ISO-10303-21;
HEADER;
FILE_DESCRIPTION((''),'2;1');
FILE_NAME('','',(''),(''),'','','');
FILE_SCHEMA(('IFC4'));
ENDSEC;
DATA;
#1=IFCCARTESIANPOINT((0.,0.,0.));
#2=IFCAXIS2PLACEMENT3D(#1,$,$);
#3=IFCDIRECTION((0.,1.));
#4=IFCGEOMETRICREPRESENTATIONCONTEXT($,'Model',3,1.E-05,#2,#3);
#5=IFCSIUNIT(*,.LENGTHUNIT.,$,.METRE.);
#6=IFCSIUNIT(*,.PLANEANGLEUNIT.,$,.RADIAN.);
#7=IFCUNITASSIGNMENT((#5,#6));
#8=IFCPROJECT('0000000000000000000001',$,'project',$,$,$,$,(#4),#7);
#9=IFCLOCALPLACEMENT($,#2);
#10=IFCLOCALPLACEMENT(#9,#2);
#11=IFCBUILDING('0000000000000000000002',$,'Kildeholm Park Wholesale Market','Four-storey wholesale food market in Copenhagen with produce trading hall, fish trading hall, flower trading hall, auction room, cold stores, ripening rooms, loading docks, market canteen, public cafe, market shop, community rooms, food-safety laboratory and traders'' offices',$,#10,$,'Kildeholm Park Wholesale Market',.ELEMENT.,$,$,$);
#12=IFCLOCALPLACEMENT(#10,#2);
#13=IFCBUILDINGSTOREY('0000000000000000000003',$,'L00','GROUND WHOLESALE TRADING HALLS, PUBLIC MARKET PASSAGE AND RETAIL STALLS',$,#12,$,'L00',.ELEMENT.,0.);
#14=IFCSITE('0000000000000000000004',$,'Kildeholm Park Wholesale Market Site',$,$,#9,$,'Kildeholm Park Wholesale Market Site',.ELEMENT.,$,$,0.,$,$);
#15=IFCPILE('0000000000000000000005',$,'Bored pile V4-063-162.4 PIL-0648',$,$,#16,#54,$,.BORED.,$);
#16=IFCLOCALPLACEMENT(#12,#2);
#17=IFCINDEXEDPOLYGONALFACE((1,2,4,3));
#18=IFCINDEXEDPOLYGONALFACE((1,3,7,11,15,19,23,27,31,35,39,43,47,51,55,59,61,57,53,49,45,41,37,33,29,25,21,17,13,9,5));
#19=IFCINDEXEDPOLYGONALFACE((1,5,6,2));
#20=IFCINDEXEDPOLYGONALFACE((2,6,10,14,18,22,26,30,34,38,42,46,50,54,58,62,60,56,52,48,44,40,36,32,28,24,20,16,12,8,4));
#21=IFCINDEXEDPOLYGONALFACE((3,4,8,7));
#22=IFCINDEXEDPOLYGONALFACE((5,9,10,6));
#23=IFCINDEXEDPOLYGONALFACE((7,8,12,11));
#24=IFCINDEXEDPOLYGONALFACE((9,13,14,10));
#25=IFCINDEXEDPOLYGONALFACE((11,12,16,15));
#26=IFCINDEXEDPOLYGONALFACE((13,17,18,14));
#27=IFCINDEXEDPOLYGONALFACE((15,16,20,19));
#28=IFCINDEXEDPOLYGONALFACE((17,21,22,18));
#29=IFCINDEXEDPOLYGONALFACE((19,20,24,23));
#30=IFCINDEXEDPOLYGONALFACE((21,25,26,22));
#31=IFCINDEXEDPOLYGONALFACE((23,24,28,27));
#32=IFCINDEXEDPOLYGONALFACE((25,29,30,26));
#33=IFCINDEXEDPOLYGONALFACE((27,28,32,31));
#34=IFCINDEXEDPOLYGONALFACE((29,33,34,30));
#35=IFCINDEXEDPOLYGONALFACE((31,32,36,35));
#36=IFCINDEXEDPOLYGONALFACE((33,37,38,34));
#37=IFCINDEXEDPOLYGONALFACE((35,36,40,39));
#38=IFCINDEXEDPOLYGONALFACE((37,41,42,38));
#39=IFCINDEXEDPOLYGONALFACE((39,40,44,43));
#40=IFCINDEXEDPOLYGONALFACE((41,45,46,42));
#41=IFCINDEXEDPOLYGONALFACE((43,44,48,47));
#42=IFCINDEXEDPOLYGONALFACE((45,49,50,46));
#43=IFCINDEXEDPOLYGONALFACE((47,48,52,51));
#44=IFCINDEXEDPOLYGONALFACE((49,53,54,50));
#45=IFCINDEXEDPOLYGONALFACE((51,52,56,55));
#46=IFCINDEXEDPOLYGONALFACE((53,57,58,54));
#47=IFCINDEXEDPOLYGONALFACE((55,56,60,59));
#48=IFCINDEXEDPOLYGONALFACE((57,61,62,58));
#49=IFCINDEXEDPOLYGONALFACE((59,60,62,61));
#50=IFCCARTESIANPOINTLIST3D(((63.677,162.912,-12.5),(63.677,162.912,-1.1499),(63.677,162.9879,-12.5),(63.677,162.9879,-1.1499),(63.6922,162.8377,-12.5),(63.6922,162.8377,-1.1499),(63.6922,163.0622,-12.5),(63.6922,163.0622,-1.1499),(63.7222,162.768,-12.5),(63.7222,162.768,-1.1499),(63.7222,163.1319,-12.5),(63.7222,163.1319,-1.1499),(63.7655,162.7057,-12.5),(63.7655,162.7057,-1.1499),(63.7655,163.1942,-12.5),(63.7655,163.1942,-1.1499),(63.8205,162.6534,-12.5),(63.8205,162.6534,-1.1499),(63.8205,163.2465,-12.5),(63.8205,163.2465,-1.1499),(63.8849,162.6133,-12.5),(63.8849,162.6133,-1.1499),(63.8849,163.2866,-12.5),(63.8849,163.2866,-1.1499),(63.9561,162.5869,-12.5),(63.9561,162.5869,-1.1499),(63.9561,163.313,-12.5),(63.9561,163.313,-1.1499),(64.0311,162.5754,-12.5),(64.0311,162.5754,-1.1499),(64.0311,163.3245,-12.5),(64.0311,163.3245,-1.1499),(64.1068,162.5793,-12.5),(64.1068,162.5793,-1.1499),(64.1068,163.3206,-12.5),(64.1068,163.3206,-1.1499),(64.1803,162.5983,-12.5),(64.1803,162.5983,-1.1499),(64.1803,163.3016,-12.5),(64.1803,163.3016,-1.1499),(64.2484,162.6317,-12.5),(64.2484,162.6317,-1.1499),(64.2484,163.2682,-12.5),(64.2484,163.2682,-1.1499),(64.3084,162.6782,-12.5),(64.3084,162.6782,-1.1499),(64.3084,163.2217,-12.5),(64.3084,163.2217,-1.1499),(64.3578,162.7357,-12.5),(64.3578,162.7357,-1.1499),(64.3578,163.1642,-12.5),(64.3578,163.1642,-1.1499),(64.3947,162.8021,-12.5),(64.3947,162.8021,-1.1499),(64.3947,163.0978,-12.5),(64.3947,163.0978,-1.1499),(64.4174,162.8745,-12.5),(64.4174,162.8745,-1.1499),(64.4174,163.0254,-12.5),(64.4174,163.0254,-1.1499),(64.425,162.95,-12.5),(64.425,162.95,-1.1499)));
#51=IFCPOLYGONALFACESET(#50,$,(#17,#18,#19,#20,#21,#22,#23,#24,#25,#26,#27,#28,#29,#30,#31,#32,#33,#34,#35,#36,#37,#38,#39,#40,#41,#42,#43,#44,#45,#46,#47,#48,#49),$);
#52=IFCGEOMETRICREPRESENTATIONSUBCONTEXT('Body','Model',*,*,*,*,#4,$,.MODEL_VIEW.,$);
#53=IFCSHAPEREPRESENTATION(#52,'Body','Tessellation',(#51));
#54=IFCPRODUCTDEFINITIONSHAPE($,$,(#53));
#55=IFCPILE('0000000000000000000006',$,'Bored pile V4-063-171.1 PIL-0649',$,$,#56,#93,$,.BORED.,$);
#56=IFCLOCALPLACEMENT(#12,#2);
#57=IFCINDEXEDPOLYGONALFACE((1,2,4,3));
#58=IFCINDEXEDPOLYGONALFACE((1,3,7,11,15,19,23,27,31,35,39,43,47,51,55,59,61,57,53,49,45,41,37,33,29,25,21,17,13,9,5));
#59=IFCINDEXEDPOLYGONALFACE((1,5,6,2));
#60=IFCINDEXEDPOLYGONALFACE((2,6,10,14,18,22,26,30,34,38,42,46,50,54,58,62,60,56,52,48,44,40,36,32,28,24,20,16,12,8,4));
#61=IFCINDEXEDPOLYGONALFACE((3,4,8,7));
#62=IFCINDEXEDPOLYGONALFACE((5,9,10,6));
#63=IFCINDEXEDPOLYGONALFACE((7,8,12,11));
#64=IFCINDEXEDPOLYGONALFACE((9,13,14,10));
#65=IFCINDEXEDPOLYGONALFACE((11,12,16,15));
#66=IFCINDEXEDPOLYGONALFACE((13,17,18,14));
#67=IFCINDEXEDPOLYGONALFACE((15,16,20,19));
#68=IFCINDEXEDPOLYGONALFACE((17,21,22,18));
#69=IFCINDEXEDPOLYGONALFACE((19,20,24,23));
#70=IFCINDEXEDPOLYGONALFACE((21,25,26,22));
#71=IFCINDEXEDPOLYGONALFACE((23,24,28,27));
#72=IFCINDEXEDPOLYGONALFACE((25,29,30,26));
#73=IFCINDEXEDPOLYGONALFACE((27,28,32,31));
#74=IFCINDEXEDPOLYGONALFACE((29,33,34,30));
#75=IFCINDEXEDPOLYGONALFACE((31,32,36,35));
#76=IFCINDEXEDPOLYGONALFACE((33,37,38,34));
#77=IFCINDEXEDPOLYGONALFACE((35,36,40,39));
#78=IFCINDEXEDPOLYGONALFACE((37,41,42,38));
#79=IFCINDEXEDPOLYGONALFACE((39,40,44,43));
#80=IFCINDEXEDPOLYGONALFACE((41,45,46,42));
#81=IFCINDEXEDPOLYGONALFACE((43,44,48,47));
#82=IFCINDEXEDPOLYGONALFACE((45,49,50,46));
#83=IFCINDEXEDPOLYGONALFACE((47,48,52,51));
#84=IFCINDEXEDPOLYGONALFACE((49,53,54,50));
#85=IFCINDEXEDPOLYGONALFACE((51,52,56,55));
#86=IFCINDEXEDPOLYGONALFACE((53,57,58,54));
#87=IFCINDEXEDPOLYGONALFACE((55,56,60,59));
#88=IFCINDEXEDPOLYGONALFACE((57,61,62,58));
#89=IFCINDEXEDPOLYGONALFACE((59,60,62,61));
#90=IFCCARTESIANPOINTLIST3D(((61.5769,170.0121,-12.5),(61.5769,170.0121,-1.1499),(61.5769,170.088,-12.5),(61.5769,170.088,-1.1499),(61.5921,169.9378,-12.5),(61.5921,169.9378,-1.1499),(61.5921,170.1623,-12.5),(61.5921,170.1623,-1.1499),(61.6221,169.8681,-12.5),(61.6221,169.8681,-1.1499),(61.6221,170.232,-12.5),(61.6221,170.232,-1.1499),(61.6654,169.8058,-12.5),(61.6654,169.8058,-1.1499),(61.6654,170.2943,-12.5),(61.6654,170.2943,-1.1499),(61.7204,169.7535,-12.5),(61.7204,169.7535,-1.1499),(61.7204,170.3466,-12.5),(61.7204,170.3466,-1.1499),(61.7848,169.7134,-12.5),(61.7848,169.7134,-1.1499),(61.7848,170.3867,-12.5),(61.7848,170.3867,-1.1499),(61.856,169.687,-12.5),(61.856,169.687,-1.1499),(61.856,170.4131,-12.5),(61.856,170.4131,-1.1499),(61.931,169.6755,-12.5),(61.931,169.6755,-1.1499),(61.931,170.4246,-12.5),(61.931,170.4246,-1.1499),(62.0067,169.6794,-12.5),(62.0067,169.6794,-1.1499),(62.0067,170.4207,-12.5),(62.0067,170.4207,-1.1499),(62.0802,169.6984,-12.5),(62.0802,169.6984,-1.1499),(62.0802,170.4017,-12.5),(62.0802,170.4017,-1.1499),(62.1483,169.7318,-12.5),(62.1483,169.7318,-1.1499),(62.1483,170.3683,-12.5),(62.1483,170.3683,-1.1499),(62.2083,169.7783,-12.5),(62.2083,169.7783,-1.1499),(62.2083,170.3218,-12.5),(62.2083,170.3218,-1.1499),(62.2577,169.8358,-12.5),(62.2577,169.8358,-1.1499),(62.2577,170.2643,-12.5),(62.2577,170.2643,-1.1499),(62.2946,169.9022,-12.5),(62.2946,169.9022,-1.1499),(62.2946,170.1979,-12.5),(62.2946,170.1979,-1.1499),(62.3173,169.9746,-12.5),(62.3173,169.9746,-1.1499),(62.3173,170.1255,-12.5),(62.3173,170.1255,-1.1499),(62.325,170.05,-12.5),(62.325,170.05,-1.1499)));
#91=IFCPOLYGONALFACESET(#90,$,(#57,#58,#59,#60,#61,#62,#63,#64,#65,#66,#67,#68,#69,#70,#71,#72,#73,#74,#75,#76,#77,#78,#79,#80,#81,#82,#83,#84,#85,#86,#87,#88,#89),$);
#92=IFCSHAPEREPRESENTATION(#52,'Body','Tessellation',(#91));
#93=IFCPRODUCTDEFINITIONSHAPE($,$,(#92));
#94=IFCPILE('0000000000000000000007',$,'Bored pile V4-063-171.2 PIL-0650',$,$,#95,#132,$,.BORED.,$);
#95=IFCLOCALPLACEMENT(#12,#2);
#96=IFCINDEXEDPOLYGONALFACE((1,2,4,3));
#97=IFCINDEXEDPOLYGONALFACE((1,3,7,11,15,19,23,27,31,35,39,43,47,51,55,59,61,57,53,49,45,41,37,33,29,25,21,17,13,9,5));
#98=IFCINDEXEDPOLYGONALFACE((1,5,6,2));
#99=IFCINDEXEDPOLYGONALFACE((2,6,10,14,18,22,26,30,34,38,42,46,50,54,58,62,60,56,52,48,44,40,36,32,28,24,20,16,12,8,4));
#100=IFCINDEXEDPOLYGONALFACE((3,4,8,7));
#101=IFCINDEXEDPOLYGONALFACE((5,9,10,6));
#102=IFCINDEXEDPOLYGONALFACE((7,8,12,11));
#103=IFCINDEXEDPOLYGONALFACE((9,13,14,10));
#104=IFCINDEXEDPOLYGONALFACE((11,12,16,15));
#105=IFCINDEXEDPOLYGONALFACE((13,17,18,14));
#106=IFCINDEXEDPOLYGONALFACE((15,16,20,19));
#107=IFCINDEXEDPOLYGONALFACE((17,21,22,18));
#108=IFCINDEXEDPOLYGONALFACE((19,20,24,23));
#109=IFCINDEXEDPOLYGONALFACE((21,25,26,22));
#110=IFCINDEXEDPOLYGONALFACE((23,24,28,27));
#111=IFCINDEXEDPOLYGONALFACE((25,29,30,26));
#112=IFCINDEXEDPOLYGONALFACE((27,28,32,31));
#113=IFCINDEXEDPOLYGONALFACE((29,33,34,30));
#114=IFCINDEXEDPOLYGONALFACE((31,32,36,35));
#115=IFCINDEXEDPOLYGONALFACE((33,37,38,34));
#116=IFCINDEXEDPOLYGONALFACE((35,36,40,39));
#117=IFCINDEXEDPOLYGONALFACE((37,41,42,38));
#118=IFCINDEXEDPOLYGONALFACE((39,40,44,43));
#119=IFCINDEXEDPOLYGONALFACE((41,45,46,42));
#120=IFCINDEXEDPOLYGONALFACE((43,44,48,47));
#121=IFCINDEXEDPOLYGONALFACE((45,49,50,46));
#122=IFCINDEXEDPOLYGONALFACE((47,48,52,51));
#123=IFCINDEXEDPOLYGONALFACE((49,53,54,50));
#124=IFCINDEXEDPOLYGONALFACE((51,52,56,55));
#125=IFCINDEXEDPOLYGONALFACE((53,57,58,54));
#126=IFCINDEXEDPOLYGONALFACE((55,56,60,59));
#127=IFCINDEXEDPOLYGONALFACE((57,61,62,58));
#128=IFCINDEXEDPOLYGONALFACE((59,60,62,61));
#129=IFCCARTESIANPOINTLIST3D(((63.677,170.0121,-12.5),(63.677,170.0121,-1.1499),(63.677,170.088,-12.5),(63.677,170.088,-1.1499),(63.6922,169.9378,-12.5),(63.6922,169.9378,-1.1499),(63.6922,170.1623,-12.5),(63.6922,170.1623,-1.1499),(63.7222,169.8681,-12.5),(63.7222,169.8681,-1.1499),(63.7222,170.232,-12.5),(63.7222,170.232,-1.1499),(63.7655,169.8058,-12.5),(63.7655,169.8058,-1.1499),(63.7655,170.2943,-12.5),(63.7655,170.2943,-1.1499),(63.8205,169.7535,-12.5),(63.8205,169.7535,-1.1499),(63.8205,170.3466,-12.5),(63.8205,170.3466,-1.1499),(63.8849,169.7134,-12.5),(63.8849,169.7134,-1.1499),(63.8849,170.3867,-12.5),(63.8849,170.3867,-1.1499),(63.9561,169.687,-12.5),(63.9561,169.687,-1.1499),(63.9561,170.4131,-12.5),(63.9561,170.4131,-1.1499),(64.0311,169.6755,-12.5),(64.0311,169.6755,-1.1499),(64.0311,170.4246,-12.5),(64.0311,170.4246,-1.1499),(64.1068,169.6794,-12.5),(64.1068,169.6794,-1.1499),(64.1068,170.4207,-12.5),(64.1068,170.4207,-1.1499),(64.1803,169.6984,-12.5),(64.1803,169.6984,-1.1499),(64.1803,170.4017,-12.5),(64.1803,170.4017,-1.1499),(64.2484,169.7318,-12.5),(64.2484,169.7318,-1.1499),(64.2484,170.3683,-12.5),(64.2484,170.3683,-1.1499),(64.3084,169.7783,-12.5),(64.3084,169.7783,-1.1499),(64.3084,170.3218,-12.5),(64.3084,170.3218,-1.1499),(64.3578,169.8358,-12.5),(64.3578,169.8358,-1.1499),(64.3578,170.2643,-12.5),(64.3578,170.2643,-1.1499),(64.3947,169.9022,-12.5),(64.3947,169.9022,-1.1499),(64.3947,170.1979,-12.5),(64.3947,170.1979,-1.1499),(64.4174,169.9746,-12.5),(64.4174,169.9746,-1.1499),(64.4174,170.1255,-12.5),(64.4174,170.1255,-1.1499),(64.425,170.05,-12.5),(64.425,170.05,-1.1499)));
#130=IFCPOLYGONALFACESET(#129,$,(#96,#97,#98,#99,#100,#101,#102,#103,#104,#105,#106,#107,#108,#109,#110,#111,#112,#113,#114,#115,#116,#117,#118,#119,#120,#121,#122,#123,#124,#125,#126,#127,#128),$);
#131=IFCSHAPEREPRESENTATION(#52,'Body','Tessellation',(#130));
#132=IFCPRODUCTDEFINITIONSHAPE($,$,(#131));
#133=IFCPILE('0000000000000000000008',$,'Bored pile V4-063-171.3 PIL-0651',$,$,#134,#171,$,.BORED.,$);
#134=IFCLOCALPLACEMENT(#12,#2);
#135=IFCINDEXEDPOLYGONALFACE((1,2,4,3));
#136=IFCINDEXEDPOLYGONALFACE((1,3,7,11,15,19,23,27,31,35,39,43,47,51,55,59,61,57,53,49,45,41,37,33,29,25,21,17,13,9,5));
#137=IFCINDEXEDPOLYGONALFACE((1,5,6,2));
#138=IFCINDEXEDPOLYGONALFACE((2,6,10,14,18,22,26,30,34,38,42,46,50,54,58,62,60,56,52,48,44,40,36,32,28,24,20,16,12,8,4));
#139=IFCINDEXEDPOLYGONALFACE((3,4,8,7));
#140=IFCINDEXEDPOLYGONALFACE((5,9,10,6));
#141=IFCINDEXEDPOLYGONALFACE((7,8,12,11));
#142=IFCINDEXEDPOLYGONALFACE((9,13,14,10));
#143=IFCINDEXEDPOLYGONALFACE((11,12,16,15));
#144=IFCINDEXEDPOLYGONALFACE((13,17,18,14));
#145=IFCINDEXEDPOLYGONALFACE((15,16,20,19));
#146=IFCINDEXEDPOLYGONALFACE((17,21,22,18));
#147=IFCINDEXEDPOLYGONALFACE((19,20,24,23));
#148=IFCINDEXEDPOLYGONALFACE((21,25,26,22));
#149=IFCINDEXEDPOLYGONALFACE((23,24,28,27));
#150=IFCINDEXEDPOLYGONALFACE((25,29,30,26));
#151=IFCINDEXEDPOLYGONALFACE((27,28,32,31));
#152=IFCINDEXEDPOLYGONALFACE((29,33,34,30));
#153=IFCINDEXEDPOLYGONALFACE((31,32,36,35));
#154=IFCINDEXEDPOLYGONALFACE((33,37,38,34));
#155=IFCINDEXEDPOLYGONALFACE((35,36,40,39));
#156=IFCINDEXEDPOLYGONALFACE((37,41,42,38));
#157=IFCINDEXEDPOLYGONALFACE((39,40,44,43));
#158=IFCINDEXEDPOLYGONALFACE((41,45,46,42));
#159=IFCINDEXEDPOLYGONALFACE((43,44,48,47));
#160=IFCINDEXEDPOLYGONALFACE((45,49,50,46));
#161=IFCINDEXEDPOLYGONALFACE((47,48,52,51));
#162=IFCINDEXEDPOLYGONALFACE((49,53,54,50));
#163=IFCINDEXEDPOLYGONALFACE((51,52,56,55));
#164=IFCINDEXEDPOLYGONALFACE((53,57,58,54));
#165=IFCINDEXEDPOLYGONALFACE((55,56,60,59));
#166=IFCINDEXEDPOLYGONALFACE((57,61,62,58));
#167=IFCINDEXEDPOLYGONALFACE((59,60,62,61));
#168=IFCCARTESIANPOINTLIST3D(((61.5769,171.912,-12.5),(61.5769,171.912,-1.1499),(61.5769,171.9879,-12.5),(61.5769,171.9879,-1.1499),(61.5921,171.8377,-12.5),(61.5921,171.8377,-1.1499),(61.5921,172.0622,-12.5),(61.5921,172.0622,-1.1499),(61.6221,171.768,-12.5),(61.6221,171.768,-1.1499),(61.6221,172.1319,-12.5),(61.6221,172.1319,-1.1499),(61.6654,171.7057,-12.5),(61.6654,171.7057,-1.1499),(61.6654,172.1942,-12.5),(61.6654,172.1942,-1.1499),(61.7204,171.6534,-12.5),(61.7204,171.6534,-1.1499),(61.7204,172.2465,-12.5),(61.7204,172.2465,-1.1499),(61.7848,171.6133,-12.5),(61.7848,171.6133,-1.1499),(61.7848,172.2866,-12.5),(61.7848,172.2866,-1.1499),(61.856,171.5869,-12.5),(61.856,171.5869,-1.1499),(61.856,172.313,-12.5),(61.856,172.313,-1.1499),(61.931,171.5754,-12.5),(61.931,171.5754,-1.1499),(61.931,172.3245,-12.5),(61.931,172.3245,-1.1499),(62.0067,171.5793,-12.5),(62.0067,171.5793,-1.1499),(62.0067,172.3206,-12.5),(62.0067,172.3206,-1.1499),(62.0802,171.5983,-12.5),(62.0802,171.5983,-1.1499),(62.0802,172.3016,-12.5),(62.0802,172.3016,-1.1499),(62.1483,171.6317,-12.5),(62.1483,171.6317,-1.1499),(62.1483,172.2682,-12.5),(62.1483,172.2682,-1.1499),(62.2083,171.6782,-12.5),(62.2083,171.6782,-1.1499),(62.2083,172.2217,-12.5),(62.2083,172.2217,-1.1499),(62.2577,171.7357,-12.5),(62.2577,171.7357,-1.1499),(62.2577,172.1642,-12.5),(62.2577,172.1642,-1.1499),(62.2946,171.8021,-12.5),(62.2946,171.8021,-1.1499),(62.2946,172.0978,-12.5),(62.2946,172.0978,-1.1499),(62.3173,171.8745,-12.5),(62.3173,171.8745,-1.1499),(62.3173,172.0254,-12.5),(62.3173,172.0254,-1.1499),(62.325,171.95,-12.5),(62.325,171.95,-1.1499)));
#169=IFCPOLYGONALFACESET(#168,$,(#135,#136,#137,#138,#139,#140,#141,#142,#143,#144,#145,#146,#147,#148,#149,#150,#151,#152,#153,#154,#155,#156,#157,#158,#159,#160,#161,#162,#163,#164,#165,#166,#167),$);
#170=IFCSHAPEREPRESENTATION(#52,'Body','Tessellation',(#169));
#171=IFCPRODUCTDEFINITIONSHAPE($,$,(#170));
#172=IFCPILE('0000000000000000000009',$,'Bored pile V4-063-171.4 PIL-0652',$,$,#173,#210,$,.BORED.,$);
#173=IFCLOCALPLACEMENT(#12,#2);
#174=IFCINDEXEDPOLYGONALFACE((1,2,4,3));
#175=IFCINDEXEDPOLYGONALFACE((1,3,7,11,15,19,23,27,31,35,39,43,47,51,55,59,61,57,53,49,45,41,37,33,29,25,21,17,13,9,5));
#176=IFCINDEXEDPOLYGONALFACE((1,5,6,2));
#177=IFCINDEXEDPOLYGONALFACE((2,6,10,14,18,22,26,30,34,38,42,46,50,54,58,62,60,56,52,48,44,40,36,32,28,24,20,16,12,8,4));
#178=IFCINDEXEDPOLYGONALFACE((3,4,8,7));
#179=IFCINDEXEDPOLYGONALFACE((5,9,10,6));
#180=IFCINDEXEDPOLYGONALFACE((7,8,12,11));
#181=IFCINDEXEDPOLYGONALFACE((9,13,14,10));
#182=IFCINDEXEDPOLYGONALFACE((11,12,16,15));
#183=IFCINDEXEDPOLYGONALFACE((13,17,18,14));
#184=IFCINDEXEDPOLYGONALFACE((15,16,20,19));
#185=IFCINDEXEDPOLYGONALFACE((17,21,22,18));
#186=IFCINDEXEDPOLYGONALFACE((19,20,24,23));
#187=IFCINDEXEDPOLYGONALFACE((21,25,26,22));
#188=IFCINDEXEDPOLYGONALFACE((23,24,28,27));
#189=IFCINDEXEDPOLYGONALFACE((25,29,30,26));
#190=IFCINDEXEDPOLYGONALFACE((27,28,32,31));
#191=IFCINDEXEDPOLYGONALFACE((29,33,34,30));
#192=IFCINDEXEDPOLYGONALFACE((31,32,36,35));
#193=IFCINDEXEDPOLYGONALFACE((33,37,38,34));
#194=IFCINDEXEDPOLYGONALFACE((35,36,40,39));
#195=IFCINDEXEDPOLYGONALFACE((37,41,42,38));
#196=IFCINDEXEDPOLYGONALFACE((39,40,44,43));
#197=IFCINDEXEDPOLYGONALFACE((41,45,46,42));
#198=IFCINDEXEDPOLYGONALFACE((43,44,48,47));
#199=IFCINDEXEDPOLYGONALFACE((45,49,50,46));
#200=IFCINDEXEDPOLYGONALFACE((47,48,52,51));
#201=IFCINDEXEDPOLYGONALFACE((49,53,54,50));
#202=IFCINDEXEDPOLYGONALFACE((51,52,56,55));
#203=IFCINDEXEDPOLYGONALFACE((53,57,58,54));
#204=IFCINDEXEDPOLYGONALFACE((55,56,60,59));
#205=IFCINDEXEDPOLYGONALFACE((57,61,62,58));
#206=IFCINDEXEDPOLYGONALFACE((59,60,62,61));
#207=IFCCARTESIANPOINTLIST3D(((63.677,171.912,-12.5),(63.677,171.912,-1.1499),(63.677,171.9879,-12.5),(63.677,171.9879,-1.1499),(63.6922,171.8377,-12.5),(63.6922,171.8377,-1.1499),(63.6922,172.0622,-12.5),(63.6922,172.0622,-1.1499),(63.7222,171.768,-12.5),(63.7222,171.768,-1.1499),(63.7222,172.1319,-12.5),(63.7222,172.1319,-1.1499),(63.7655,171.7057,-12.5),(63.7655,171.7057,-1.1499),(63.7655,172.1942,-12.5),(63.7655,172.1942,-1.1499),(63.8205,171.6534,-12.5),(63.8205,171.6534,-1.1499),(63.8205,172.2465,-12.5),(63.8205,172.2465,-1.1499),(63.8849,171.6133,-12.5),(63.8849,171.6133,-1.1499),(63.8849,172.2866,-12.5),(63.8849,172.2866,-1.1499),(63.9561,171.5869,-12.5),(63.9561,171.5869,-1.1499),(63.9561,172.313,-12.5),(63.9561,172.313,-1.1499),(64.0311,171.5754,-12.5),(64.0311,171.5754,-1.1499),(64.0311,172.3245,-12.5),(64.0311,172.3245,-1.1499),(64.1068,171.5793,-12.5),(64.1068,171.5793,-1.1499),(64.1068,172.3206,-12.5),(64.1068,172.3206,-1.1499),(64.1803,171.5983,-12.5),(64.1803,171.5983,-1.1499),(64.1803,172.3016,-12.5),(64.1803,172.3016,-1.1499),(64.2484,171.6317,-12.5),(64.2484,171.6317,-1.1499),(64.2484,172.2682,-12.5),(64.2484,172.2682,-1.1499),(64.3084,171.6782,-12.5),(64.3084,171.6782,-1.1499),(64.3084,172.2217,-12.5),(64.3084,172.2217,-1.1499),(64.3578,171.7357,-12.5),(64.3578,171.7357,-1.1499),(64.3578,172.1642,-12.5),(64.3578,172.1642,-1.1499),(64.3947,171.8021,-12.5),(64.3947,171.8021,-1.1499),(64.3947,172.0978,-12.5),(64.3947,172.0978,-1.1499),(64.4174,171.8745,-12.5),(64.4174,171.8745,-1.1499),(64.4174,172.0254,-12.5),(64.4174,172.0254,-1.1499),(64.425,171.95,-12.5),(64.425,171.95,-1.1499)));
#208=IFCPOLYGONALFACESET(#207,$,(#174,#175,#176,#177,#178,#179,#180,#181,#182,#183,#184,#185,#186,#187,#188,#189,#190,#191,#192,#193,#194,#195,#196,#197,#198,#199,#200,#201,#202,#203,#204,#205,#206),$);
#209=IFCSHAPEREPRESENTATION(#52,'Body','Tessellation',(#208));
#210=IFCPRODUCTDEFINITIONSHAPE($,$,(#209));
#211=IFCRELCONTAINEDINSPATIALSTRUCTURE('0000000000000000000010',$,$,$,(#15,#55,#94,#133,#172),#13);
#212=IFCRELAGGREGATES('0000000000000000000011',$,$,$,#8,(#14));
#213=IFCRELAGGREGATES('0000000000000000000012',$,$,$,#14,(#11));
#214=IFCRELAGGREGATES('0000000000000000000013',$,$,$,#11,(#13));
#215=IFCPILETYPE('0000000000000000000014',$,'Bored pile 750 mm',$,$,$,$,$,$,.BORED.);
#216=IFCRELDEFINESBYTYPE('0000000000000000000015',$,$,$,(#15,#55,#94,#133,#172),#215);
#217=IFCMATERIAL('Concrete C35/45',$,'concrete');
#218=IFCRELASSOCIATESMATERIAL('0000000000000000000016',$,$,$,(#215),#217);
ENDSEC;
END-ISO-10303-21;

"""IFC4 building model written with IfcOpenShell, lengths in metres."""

from ifc_helpers import new_model, si_unit, direction, frame, origin, origin_2d, place, context, subcontext, project, spatial, circle, extrude, material, material_profile, profile_set, type_object, element, save


model = new_model("IFC4")

# Units and contexts
model_context = context("Model", 3, precision=1e-05, world=origin(), true_north=direction((0.0, 1.0)))
body_context = subcontext(model_context, "Body", "Model", "MODEL_VIEW")
ifc_project = project(units=[si_unit("LENGTHUNIT", "METRE"), si_unit("PLANEANGLEUNIT", "RADIAN")], contexts=[model_context])

# Site, building, storey
site_placement = place(None, origin())
site = spatial("IfcSite", under=ifc_project, at=site_placement, Name="Kildeholm Park Wholesale Market Site", LongName="Kildeholm Park Wholesale Market Site", CompositionType="ELEMENT", RefElevation=0.0)
building_placement = place(site_placement, origin())
building = spatial("IfcBuilding", under=site, at=building_placement, Name="Kildeholm Park Wholesale Market", Description="Four-storey wholesale food market in Copenhagen with produce trading hall, fish trading hall, flower trading hall, auction room, cold stores, ripening rooms, loading docks, market canteen, public cafe, market shop, community rooms, food-safety laboratory and traders' offices", LongName="Kildeholm Park Wholesale Market", CompositionType="ELEMENT")
storey_placement = place(building_placement, origin())
storey = spatial("IfcBuildingStorey", under=building, at=storey_placement, Name="L00", Description="GROUND WHOLESALE TRADING HALLS, PUBLIC MARKET PASSAGE AND RETAIL STALLS", LongName="L00", CompositionType="ELEMENT", Elevation=0.0)

# Piles
ifc_material_1 = material(Name="Concrete C35/45", Category="concrete")
ifc_material_profile_1 = material_profile(ifc_material_1, circle(Radius=0.375, at=origin_2d()), Name="PILE D750")
ifc_profile_set_1 = profile_set([ifc_material_profile_1], Name="Concrete C35/45")
pile_type = type_object("IfcPileType", Name="Bored pile 750 mm", PredefinedType="BORED", material=ifc_profile_set_1)
for number, where, z_axis, x_axis, name in (
    (1, (64.05, 162.95, -1.1499), (0.0, 0.0, -1.0), (1.0, 0.0, 0.0), "Bored pile V4-063-162.4 PIL-0648"),
    (2, (61.95, 170.05, -1.1499), (0.0, 0.0, -1.0), (1.0, 0.0, 0.0), "Bored pile V4-063-171.1 PIL-0649"),
    (3, (64.05, 170.05, -1.1499), (0.0, 0.0, -1.0), (1.0, 0.0, 0.0), "Bored pile V4-063-171.2 PIL-0650"),
    (4, (61.95, 171.95, -1.1499), (0.0, 0.0, -1.0), (1.0, 0.0, 0.0), "Bored pile V4-063-171.3 PIL-0651"),
    (5, (64.05, 171.95, -1.1499), (0.0, 0.0, -1.0), (1.0, 0.0, 0.0), "Bored pile V4-063-171.4 PIL-0652"),
):
    element("IfcPile", number, at=place(storey_placement, frame(where, z_axis=z_axis, x_axis=x_axis)), inside=storey, type_object=pile_type, Name=name, PredefinedType="BORED", context=body_context, shape_type="SweptSolid", body=[
        extrude(circle(Radius=0.375, at=origin_2d()), origin(), (0.0, 0.0, 1.0), 11.3501),
    ])

save(model, "model.ifc")
